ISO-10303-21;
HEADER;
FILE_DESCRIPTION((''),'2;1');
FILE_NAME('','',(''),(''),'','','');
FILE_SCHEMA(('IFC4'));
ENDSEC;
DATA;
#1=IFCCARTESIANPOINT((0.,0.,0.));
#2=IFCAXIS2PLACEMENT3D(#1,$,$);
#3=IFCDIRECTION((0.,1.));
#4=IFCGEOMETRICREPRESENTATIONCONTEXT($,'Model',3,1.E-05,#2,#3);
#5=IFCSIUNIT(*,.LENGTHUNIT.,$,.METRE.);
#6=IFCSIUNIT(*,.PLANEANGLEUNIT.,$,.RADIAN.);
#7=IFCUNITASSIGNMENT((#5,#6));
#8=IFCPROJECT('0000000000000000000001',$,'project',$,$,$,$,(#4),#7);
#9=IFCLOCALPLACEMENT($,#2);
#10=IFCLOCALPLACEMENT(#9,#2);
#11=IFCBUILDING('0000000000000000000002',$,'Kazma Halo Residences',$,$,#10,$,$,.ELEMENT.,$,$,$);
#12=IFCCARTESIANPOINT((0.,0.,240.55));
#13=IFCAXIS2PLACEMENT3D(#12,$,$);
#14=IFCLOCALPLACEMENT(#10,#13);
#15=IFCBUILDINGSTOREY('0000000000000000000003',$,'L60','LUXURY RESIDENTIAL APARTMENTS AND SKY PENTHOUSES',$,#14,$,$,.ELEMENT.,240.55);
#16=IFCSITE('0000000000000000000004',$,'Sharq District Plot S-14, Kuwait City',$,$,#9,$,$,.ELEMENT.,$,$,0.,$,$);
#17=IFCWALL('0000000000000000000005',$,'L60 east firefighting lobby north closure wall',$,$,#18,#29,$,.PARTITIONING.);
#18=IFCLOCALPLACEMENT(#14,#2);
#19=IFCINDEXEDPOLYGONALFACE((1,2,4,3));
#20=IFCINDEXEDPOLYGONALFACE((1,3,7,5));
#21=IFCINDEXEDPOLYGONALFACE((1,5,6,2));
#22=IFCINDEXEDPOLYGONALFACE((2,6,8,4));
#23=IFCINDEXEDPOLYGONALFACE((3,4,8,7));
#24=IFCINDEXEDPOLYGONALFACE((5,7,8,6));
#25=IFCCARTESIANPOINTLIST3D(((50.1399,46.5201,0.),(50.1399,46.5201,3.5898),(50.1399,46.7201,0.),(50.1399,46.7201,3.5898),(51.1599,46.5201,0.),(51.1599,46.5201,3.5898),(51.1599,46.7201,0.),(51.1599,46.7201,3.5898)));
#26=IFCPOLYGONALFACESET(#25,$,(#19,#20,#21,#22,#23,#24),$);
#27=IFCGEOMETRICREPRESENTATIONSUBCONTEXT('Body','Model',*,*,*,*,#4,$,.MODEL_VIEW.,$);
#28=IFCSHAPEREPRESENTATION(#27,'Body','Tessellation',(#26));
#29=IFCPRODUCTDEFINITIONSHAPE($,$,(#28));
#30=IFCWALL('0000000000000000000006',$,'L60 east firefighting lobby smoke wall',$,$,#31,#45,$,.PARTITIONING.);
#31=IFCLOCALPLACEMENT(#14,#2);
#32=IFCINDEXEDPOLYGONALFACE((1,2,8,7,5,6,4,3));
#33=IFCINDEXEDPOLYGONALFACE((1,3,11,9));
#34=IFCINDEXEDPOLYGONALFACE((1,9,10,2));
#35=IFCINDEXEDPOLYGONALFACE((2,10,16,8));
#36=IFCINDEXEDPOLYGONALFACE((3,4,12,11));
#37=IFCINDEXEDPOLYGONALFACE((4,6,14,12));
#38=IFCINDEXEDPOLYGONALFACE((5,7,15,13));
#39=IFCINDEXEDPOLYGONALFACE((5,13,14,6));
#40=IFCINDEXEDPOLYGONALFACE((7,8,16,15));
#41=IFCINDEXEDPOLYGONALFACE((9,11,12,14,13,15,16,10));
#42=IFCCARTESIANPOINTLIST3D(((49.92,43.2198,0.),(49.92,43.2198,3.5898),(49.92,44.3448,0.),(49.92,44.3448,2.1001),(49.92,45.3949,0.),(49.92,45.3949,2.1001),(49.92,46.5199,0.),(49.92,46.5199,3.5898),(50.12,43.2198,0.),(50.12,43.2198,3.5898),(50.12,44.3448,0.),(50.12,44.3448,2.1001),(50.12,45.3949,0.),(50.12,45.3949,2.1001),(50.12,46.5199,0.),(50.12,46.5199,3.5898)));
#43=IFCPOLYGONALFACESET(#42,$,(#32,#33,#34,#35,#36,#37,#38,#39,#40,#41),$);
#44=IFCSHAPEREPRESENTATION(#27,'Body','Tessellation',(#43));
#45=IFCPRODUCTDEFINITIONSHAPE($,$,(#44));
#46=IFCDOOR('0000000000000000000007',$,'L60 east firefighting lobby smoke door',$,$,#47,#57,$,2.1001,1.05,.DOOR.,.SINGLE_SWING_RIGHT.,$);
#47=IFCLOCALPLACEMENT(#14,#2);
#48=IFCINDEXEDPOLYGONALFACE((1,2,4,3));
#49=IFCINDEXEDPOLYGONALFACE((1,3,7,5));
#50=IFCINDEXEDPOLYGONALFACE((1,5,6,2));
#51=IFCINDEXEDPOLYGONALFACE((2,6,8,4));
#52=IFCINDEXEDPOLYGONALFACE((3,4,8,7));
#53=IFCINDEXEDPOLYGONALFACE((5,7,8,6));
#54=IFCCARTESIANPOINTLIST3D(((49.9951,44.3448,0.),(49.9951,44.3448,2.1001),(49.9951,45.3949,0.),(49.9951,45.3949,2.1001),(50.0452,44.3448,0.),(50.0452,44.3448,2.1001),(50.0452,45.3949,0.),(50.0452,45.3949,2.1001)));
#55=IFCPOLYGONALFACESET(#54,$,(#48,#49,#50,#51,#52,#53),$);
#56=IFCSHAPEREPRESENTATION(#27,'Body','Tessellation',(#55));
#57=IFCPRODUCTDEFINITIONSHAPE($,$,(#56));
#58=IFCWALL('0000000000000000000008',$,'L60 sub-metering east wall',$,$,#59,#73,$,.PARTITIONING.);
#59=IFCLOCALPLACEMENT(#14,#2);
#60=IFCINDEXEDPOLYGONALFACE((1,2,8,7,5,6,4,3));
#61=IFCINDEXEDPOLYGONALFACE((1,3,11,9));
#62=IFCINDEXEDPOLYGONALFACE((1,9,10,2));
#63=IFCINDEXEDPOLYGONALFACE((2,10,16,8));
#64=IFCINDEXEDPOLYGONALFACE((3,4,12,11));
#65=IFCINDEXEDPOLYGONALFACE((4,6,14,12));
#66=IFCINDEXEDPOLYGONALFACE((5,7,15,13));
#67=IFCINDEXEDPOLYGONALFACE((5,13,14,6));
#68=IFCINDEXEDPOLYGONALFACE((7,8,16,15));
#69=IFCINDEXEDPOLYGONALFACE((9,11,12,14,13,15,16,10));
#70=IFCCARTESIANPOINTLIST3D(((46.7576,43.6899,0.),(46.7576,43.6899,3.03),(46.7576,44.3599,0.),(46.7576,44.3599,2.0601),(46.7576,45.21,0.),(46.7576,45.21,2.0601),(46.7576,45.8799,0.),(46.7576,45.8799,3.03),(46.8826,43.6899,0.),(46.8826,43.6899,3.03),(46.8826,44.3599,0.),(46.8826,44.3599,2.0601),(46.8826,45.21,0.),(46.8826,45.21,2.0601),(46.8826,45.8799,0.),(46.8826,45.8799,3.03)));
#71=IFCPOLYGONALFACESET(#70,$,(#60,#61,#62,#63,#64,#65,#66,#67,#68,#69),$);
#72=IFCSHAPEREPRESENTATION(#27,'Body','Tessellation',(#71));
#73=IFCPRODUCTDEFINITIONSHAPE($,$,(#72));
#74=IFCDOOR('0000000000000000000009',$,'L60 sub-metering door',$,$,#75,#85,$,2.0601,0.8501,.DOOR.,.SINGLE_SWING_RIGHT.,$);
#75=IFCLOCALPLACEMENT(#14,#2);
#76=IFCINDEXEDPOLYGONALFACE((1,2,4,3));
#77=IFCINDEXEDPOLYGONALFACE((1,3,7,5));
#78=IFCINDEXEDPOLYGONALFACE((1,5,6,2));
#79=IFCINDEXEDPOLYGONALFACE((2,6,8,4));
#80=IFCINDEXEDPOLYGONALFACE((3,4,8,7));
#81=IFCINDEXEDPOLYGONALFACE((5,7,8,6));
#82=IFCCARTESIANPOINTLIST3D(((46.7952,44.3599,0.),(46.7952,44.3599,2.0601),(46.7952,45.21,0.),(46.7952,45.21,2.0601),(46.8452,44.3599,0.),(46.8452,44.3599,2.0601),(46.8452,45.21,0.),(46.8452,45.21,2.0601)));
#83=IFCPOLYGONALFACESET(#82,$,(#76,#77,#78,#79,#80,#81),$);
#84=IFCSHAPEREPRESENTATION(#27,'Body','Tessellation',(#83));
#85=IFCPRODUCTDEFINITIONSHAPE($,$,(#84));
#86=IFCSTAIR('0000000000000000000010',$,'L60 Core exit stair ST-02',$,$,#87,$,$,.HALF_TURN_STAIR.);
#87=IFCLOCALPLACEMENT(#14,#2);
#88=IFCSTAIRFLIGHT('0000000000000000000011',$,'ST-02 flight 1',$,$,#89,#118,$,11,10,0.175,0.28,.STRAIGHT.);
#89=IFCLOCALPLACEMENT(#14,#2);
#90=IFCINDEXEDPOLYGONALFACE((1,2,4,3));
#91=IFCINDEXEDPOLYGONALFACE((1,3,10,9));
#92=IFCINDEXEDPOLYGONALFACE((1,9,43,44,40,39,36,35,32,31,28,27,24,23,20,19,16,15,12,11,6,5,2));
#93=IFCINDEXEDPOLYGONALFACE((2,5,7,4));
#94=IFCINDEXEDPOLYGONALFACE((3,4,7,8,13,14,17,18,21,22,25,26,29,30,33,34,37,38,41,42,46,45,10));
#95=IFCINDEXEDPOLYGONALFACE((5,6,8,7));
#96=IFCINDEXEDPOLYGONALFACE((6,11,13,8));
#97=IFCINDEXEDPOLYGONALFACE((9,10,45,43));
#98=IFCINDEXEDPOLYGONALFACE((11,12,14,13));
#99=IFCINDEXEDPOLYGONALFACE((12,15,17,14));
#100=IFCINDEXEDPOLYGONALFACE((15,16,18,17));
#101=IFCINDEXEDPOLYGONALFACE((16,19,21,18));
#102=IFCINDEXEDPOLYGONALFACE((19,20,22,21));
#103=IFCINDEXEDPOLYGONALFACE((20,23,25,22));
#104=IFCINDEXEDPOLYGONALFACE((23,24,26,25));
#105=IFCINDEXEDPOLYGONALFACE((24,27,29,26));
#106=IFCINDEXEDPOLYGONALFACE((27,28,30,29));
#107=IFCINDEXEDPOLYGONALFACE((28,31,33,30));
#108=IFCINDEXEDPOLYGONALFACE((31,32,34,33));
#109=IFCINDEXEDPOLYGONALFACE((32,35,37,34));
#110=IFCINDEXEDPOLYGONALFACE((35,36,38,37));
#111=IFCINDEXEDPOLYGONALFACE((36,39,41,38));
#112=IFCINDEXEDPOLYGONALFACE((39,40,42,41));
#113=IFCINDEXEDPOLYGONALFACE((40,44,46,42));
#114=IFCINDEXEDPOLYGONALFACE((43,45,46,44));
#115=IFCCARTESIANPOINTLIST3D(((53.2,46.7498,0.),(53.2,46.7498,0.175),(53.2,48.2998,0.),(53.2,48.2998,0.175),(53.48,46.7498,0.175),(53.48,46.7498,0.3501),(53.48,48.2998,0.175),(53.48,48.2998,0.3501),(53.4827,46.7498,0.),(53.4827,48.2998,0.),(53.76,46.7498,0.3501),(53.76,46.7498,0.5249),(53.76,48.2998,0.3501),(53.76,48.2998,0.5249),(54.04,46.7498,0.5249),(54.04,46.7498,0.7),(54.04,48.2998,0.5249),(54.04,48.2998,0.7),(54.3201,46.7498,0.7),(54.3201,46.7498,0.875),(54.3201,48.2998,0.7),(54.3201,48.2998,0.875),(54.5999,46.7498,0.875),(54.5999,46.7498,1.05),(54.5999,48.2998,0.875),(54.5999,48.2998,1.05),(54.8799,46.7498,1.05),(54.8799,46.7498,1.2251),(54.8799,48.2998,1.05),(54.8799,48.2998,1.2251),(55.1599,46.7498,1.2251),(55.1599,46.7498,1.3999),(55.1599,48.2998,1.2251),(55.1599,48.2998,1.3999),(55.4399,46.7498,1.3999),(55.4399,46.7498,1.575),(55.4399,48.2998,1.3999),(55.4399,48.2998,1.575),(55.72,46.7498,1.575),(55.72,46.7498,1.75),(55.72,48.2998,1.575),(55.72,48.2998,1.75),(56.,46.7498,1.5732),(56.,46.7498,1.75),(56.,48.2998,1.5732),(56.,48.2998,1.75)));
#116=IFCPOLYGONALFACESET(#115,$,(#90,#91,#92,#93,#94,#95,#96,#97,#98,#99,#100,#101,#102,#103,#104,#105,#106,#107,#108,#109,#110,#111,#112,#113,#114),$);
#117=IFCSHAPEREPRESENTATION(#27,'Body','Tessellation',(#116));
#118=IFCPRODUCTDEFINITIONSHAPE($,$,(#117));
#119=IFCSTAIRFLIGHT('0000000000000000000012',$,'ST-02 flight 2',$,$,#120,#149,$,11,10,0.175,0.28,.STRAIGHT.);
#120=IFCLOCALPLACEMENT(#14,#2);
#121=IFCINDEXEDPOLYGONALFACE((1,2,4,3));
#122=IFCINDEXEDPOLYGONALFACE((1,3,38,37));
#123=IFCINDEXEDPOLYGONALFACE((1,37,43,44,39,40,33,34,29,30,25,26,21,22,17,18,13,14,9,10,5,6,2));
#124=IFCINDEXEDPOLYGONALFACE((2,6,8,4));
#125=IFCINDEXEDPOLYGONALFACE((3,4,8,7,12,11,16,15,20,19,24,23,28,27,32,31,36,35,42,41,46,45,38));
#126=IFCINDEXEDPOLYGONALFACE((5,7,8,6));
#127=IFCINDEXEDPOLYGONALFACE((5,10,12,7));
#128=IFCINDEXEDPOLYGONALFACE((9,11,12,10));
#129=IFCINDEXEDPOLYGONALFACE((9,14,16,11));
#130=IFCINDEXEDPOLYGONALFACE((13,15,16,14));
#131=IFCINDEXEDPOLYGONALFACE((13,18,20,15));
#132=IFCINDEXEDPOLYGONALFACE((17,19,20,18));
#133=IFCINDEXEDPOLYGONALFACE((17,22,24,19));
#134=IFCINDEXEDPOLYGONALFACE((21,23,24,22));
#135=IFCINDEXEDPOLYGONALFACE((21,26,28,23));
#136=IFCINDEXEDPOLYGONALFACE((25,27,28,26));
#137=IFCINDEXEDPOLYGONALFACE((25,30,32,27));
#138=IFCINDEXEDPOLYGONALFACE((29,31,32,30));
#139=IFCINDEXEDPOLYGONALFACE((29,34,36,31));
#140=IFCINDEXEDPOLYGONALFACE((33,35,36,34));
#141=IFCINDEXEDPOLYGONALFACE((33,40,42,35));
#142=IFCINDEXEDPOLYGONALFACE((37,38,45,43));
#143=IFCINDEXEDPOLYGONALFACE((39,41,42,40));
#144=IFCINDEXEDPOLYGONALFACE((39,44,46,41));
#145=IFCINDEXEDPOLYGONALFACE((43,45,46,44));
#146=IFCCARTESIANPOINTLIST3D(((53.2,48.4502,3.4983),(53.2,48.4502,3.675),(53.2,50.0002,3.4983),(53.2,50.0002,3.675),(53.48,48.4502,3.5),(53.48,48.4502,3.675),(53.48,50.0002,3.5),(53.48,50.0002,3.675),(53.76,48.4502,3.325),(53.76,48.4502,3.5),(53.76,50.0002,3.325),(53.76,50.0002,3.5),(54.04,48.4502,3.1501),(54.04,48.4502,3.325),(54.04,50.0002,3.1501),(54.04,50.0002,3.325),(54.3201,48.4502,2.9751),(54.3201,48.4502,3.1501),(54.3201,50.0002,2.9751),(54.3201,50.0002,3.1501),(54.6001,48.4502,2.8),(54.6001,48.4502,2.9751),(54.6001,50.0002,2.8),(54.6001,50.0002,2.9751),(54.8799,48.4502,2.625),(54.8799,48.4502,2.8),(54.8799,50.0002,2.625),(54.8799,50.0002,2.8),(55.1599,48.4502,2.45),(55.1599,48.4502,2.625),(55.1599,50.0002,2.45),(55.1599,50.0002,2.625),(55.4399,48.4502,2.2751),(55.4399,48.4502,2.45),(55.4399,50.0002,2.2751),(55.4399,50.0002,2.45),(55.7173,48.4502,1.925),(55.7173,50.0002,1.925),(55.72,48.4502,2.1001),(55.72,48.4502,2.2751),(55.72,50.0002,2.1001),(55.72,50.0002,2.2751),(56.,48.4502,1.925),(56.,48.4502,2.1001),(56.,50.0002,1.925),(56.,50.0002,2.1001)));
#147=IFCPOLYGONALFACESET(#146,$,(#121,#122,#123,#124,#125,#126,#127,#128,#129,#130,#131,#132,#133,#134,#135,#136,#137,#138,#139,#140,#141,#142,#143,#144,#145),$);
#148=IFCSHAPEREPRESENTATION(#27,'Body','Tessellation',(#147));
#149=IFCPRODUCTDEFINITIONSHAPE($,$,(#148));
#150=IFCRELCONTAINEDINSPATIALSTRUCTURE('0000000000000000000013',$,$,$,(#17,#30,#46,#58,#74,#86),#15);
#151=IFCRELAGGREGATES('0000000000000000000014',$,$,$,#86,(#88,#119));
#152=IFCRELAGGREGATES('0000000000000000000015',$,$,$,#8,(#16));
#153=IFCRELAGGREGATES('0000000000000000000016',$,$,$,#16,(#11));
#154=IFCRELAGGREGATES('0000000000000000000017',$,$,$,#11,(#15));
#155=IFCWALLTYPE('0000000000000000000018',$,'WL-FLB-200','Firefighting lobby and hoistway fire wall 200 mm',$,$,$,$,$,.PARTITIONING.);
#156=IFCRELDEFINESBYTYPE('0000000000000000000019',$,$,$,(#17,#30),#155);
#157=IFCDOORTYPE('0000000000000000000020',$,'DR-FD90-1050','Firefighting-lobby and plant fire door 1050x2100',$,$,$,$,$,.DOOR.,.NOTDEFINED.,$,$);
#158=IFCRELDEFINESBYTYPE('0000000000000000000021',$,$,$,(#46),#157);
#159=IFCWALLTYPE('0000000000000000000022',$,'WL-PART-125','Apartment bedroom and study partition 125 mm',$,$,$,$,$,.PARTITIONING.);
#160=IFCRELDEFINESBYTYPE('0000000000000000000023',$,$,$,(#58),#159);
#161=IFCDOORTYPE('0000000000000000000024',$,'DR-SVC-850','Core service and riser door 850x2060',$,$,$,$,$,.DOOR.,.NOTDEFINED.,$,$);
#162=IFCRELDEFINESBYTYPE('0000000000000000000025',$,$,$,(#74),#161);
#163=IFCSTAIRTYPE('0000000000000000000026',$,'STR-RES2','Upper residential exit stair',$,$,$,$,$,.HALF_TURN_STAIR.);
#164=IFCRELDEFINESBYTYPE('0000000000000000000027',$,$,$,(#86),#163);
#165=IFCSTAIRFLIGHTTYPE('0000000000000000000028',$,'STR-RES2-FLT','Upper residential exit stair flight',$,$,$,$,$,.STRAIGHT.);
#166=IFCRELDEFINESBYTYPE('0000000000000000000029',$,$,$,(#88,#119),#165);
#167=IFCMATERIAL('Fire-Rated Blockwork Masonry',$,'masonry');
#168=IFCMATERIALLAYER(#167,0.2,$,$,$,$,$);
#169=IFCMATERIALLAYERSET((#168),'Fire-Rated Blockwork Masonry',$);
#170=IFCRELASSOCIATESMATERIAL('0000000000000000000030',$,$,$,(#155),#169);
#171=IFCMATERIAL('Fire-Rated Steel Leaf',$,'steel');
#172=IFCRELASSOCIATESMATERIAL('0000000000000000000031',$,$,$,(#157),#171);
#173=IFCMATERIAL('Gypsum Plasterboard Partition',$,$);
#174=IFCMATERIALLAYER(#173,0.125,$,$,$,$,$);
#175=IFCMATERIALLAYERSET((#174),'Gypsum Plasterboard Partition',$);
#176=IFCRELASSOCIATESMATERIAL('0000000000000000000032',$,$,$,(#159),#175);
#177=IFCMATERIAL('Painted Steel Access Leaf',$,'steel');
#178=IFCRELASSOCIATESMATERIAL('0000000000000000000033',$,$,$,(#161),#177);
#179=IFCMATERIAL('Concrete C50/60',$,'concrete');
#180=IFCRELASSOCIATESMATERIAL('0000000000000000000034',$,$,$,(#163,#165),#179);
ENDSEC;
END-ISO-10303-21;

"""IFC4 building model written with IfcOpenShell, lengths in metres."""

from ifc_helpers import new_model, si_unit, direction, frame, frame_2d, origin, place, context, subcontext, project, spatial, polyline, rectangle, outline, extrude, material, layer, layer_set, type_object, element, fill, aggregate, save


model = new_model("IFC4")

# Units and contexts
model_context = context("Model", 3, precision=1e-05, world=origin(), true_north=direction((0.0, 1.0)))
body_context = subcontext(model_context, "Body", "Model", "MODEL_VIEW")
ifc_project = project(units=[si_unit("LENGTHUNIT", "METRE"), si_unit("PLANEANGLEUNIT", "RADIAN")], contexts=[model_context])

# Site, building, storey
site_placement = place(None, origin())
site = spatial("IfcSite", under=ifc_project, at=site_placement, Name="Sharq District Plot S-14, Kuwait City", CompositionType="ELEMENT", RefElevation=0.0)
building_placement = place(site_placement, origin())
building = spatial("IfcBuilding", under=site, at=building_placement, Name="Kazma Halo Residences", CompositionType="ELEMENT")
storey_placement = place(building_placement, frame((0.0, 0.0, 240.55)))
storey = spatial("IfcBuildingStorey", under=building, at=storey_placement, Name="L60", Description="LUXURY RESIDENTIAL APARTMENTS AND SKY PENTHOUSES", CompositionType="ELEMENT", Elevation=240.55)

# Shared definitions
ifc_material_1 = material(Name="Fire-Rated Blockwork Masonry", Category="masonry")
ifc_layer_1 = layer(ifc_material_1, 0.2)
ifc_layer_set_1 = layer_set([ifc_layer_1], Name="Fire-Rated Blockwork Masonry")
wall_type_1 = type_object("IfcWallType", Name="WL-FLB-200", Description="Firefighting lobby and hoistway fire wall 200 mm", PredefinedType="PARTITIONING", material=ifc_layer_set_1)

# Wall
wall_1_placement = place(storey_placement, frame((50.1399, 46.6201, 0.0), z_axis=(0.0, 0.0, 1.0), x_axis=(1.0, 0.0, 0.0)))
element("IfcWall", 1, at=wall_1_placement, inside=storey, type_object=wall_type_1, Name="L60 east firefighting lobby north closure wall", PredefinedType="PARTITIONING", context=body_context, shape_type="SweptSolid", body=[
    extrude(rectangle(XDim=1.02, YDim=0.2, at=frame_2d((0.51, 0.0))), origin(), (0.0, 0.0, 1.0), 3.5898),
])

# Walls, openings, doors
wall_2_placement = place(storey_placement, frame((50.02, 43.22, 0.0), z_axis=(0.0, 0.0, 1.0), x_axis=(0.0, 1.0, 0.0)))
wall_2 = element("IfcWall", 2, at=wall_2_placement, inside=storey, type_object=wall_type_1, Name="L60 east firefighting lobby smoke wall", PredefinedType="PARTITIONING", context=body_context, shape_type="SweptSolid", body=[
    extrude(rectangle(XDim=3.3, YDim=0.2, at=frame_2d((1.6499, 0.0))), origin(), (0.0, 0.0, 1.0), 3.5898),
])
opening_1_placement = place(wall_2_placement, frame((1.125, 0.0, 0.0)))
opening_1 = element("IfcOpeningElement", 3, at=opening_1_placement, cuts=wall_2, PredefinedType="OPENING", context=body_context, shape_type="SweptSolid", body=[
    extrude(rectangle(XDim=1.05, YDim=2.1001, at=frame_2d((0.5249, 1.05))), frame((0.0, 0.1099, 0.0), z_axis=(0.0, -1.0, 0.0), x_axis=(1.0, 0.0, 0.0)), (0.0, 0.0, 1.0), 0.22),
])
ifc_material_2 = material(Name="Fire-Rated Steel Leaf", Category="steel")
door_type_1 = type_object("IfcDoorType", Name="DR-FD90-1050", Description="Firefighting-lobby and plant fire door 1050x2100", OperationType="NOTDEFINED", PredefinedType="DOOR", material=ifc_material_2)
door_1_placement = place(opening_1_placement, origin())
door_1 = element("IfcDoor", 4, at=door_1_placement, inside=storey, type_object=door_type_1, Name="L60 east firefighting lobby smoke door", OperationType="SINGLE_SWING_RIGHT", OverallHeight=2.1001, OverallWidth=1.05, PredefinedType="DOOR", context=body_context, shape_type="SweptSolid", body=[
    extrude(rectangle(XDim=1.05, YDim=2.1001, at=frame_2d((0.5249, 1.05))), frame((0.0, 0.0249, 0.0), z_axis=(0.0, -1.0, 0.0), x_axis=(1.0, 0.0, 0.0)), (0.0, 0.0, 1.0), 0.05),
])
fill(opening_1, door_1)
ifc_material_3 = material(Name="Gypsum Plasterboard Partition")
ifc_layer_2 = layer(ifc_material_3, 0.125)
ifc_layer_set_2 = layer_set([ifc_layer_2], Name="Gypsum Plasterboard Partition")
wall_type_2 = type_object("IfcWallType", Name="WL-PART-125", Description="Apartment bedroom and study partition 125 mm", PredefinedType="PARTITIONING", material=ifc_layer_set_2)
wall_3_placement = place(storey_placement, frame((46.8201, 43.6899, 0.0), z_axis=(0.0, 0.0, 1.0), x_axis=(0.0, 1.0, 0.0)))
wall_3 = element("IfcWall", 5, at=wall_3_placement, inside=storey, type_object=wall_type_2, Name="L60 sub-metering east wall", PredefinedType="PARTITIONING", context=body_context, shape_type="SweptSolid", body=[
    extrude(rectangle(XDim=2.1899, YDim=0.125, at=frame_2d((1.095, 0.0))), origin(), (0.0, 0.0, 1.0), 3.03),
])
opening_2_placement = place(wall_3_placement, frame((0.6699, 0.0, 0.0)))
opening_2 = element("IfcOpeningElement", 6, at=opening_2_placement, cuts=wall_3, PredefinedType="OPENING", context=body_context, shape_type="SweptSolid", body=[
    extrude(rectangle(XDim=0.8501, YDim=2.0601, at=frame_2d((0.425, 1.03))), frame((0.0, 0.0725, 0.0), z_axis=(0.0, -1.0, 0.0), x_axis=(1.0, 0.0, 0.0)), (0.0, 0.0, 1.0), 0.145),
])
ifc_material_4 = material(Name="Painted Steel Access Leaf", Category="steel")
door_type_2 = type_object("IfcDoorType", Name="DR-SVC-850", Description="Core service and riser door 850x2060", OperationType="NOTDEFINED", PredefinedType="DOOR", material=ifc_material_4)
door_2_placement = place(opening_2_placement, origin())
door_2 = element("IfcDoor", 7, at=door_2_placement, inside=storey, type_object=door_type_2, Name="L60 sub-metering door", OperationType="SINGLE_SWING_RIGHT", OverallHeight=2.0601, OverallWidth=0.8501, PredefinedType="DOOR", context=body_context, shape_type="SweptSolid", body=[
    extrude(rectangle(XDim=0.8501, YDim=2.0601, at=frame_2d((0.425, 1.03))), frame((0.0, 0.0249, 0.0), z_axis=(0.0, -1.0, 0.0), x_axis=(1.0, 0.0, 0.0)), (0.0, 0.0, 1.0), 0.05),
])
fill(opening_2, door_2)
ifc_material_5 = material(Name="Concrete C50/60", Category="concrete")

# Stair, stair flights
stair_type = type_object("IfcStairType", Name="STR-RES2", Description="Upper residential exit stair", PredefinedType="HALF_TURN_STAIR", material=ifc_material_5)
stair_placement = place(storey_placement, origin())
stair = element("IfcStair", 8, at=stair_placement, inside=storey, type_object=stair_type, Name="L60 Core exit stair ST-02", PredefinedType="HALF_TURN_STAIR")
stair_flight_type = type_object("IfcStairFlightType", Name="STR-RES2-FLT", Description="Upper residential exit stair flight", PredefinedType="STRAIGHT", material=ifc_material_5)
stair_flight_1_placement = place(storey_placement, frame((53.2, 47.5249, 0.0), z_axis=(0.0, 0.0, 1.0), x_axis=(1.0, 0.0, 0.0)))
stair_flight_1 = element("IfcStairFlight", 9, at=stair_flight_1_placement, type_object=stair_flight_type, Name="ST-02 flight 1", NumberOfRisers=11, NumberOfTreads=10, PredefinedType="STRAIGHT", RiserHeight=0.175, TreadLength=0.28, context=body_context, shape_type="SweptSolid", body=[
    extrude(outline(polyline([(0.0, 0.0), (0.0, 0.175), (0.28, 0.175), (0.28, 0.3501), (0.5601, 0.3501), (0.5601, 0.5249), (0.8401, 0.5249), (0.8401, 0.7), (1.1201, 0.7), (1.1201, 0.875), (1.3999, 0.875), (1.3999, 1.05), (1.6799, 1.05), (1.6799, 1.2251), (1.96, 1.2251), (1.96, 1.3999), (2.24, 1.3999), (2.24, 1.575), (2.52, 1.575), (2.52, 1.75), (2.8, 1.75), (2.8, 1.925), (2.8, 1.5732), (0.2827, 0.0), (0.0, 0.0)])), frame((0.0, 0.7749, 0.0), z_axis=(0.0, -1.0, 0.0), x_axis=(1.0, 0.0, 0.0)), (0.0, 0.0, 1.0), 1.55),
])
stair_flight_2_placement = place(storey_placement, frame((56.0, 49.2251, 1.925), z_axis=(0.0, 0.0, 1.0), x_axis=(-1.0, 0.0, 0.0)))
stair_flight_2 = element("IfcStairFlight", 10, at=stair_flight_2_placement, type_object=stair_flight_type, Name="ST-02 flight 2", NumberOfRisers=11, NumberOfTreads=10, PredefinedType="STRAIGHT", RiserHeight=0.175, TreadLength=0.28, context=body_context, shape_type="SweptSolid", body=[
    extrude(outline(polyline([(0.0, 0.0), (0.0, 0.175), (0.28, 0.175), (0.28, 0.3501), (0.5601, 0.3501), (0.5601, 0.5249), (0.8401, 0.5249), (0.8401, 0.7), (1.1201, 0.7), (1.1201, 0.875), (1.3999, 0.875), (1.3999, 1.05), (1.6799, 1.05), (1.6799, 1.2251), (1.96, 1.2251), (1.96, 1.3999), (2.24, 1.3999), (2.24, 1.575), (2.52, 1.575), (2.52, 1.75), (2.8, 1.75), (2.8, 1.925), (2.8, 1.5732), (0.2827, 0.0), (0.0, 0.0)])), frame((0.0, 0.7749, 0.0), z_axis=(0.0, -1.0, 0.0), x_axis=(1.0, 0.0, 0.0)), (0.0, 0.0, 1.0), 1.55),
])
aggregate(stair, [stair_flight_1, stair_flight_2])

save(model, "model.ifc")
